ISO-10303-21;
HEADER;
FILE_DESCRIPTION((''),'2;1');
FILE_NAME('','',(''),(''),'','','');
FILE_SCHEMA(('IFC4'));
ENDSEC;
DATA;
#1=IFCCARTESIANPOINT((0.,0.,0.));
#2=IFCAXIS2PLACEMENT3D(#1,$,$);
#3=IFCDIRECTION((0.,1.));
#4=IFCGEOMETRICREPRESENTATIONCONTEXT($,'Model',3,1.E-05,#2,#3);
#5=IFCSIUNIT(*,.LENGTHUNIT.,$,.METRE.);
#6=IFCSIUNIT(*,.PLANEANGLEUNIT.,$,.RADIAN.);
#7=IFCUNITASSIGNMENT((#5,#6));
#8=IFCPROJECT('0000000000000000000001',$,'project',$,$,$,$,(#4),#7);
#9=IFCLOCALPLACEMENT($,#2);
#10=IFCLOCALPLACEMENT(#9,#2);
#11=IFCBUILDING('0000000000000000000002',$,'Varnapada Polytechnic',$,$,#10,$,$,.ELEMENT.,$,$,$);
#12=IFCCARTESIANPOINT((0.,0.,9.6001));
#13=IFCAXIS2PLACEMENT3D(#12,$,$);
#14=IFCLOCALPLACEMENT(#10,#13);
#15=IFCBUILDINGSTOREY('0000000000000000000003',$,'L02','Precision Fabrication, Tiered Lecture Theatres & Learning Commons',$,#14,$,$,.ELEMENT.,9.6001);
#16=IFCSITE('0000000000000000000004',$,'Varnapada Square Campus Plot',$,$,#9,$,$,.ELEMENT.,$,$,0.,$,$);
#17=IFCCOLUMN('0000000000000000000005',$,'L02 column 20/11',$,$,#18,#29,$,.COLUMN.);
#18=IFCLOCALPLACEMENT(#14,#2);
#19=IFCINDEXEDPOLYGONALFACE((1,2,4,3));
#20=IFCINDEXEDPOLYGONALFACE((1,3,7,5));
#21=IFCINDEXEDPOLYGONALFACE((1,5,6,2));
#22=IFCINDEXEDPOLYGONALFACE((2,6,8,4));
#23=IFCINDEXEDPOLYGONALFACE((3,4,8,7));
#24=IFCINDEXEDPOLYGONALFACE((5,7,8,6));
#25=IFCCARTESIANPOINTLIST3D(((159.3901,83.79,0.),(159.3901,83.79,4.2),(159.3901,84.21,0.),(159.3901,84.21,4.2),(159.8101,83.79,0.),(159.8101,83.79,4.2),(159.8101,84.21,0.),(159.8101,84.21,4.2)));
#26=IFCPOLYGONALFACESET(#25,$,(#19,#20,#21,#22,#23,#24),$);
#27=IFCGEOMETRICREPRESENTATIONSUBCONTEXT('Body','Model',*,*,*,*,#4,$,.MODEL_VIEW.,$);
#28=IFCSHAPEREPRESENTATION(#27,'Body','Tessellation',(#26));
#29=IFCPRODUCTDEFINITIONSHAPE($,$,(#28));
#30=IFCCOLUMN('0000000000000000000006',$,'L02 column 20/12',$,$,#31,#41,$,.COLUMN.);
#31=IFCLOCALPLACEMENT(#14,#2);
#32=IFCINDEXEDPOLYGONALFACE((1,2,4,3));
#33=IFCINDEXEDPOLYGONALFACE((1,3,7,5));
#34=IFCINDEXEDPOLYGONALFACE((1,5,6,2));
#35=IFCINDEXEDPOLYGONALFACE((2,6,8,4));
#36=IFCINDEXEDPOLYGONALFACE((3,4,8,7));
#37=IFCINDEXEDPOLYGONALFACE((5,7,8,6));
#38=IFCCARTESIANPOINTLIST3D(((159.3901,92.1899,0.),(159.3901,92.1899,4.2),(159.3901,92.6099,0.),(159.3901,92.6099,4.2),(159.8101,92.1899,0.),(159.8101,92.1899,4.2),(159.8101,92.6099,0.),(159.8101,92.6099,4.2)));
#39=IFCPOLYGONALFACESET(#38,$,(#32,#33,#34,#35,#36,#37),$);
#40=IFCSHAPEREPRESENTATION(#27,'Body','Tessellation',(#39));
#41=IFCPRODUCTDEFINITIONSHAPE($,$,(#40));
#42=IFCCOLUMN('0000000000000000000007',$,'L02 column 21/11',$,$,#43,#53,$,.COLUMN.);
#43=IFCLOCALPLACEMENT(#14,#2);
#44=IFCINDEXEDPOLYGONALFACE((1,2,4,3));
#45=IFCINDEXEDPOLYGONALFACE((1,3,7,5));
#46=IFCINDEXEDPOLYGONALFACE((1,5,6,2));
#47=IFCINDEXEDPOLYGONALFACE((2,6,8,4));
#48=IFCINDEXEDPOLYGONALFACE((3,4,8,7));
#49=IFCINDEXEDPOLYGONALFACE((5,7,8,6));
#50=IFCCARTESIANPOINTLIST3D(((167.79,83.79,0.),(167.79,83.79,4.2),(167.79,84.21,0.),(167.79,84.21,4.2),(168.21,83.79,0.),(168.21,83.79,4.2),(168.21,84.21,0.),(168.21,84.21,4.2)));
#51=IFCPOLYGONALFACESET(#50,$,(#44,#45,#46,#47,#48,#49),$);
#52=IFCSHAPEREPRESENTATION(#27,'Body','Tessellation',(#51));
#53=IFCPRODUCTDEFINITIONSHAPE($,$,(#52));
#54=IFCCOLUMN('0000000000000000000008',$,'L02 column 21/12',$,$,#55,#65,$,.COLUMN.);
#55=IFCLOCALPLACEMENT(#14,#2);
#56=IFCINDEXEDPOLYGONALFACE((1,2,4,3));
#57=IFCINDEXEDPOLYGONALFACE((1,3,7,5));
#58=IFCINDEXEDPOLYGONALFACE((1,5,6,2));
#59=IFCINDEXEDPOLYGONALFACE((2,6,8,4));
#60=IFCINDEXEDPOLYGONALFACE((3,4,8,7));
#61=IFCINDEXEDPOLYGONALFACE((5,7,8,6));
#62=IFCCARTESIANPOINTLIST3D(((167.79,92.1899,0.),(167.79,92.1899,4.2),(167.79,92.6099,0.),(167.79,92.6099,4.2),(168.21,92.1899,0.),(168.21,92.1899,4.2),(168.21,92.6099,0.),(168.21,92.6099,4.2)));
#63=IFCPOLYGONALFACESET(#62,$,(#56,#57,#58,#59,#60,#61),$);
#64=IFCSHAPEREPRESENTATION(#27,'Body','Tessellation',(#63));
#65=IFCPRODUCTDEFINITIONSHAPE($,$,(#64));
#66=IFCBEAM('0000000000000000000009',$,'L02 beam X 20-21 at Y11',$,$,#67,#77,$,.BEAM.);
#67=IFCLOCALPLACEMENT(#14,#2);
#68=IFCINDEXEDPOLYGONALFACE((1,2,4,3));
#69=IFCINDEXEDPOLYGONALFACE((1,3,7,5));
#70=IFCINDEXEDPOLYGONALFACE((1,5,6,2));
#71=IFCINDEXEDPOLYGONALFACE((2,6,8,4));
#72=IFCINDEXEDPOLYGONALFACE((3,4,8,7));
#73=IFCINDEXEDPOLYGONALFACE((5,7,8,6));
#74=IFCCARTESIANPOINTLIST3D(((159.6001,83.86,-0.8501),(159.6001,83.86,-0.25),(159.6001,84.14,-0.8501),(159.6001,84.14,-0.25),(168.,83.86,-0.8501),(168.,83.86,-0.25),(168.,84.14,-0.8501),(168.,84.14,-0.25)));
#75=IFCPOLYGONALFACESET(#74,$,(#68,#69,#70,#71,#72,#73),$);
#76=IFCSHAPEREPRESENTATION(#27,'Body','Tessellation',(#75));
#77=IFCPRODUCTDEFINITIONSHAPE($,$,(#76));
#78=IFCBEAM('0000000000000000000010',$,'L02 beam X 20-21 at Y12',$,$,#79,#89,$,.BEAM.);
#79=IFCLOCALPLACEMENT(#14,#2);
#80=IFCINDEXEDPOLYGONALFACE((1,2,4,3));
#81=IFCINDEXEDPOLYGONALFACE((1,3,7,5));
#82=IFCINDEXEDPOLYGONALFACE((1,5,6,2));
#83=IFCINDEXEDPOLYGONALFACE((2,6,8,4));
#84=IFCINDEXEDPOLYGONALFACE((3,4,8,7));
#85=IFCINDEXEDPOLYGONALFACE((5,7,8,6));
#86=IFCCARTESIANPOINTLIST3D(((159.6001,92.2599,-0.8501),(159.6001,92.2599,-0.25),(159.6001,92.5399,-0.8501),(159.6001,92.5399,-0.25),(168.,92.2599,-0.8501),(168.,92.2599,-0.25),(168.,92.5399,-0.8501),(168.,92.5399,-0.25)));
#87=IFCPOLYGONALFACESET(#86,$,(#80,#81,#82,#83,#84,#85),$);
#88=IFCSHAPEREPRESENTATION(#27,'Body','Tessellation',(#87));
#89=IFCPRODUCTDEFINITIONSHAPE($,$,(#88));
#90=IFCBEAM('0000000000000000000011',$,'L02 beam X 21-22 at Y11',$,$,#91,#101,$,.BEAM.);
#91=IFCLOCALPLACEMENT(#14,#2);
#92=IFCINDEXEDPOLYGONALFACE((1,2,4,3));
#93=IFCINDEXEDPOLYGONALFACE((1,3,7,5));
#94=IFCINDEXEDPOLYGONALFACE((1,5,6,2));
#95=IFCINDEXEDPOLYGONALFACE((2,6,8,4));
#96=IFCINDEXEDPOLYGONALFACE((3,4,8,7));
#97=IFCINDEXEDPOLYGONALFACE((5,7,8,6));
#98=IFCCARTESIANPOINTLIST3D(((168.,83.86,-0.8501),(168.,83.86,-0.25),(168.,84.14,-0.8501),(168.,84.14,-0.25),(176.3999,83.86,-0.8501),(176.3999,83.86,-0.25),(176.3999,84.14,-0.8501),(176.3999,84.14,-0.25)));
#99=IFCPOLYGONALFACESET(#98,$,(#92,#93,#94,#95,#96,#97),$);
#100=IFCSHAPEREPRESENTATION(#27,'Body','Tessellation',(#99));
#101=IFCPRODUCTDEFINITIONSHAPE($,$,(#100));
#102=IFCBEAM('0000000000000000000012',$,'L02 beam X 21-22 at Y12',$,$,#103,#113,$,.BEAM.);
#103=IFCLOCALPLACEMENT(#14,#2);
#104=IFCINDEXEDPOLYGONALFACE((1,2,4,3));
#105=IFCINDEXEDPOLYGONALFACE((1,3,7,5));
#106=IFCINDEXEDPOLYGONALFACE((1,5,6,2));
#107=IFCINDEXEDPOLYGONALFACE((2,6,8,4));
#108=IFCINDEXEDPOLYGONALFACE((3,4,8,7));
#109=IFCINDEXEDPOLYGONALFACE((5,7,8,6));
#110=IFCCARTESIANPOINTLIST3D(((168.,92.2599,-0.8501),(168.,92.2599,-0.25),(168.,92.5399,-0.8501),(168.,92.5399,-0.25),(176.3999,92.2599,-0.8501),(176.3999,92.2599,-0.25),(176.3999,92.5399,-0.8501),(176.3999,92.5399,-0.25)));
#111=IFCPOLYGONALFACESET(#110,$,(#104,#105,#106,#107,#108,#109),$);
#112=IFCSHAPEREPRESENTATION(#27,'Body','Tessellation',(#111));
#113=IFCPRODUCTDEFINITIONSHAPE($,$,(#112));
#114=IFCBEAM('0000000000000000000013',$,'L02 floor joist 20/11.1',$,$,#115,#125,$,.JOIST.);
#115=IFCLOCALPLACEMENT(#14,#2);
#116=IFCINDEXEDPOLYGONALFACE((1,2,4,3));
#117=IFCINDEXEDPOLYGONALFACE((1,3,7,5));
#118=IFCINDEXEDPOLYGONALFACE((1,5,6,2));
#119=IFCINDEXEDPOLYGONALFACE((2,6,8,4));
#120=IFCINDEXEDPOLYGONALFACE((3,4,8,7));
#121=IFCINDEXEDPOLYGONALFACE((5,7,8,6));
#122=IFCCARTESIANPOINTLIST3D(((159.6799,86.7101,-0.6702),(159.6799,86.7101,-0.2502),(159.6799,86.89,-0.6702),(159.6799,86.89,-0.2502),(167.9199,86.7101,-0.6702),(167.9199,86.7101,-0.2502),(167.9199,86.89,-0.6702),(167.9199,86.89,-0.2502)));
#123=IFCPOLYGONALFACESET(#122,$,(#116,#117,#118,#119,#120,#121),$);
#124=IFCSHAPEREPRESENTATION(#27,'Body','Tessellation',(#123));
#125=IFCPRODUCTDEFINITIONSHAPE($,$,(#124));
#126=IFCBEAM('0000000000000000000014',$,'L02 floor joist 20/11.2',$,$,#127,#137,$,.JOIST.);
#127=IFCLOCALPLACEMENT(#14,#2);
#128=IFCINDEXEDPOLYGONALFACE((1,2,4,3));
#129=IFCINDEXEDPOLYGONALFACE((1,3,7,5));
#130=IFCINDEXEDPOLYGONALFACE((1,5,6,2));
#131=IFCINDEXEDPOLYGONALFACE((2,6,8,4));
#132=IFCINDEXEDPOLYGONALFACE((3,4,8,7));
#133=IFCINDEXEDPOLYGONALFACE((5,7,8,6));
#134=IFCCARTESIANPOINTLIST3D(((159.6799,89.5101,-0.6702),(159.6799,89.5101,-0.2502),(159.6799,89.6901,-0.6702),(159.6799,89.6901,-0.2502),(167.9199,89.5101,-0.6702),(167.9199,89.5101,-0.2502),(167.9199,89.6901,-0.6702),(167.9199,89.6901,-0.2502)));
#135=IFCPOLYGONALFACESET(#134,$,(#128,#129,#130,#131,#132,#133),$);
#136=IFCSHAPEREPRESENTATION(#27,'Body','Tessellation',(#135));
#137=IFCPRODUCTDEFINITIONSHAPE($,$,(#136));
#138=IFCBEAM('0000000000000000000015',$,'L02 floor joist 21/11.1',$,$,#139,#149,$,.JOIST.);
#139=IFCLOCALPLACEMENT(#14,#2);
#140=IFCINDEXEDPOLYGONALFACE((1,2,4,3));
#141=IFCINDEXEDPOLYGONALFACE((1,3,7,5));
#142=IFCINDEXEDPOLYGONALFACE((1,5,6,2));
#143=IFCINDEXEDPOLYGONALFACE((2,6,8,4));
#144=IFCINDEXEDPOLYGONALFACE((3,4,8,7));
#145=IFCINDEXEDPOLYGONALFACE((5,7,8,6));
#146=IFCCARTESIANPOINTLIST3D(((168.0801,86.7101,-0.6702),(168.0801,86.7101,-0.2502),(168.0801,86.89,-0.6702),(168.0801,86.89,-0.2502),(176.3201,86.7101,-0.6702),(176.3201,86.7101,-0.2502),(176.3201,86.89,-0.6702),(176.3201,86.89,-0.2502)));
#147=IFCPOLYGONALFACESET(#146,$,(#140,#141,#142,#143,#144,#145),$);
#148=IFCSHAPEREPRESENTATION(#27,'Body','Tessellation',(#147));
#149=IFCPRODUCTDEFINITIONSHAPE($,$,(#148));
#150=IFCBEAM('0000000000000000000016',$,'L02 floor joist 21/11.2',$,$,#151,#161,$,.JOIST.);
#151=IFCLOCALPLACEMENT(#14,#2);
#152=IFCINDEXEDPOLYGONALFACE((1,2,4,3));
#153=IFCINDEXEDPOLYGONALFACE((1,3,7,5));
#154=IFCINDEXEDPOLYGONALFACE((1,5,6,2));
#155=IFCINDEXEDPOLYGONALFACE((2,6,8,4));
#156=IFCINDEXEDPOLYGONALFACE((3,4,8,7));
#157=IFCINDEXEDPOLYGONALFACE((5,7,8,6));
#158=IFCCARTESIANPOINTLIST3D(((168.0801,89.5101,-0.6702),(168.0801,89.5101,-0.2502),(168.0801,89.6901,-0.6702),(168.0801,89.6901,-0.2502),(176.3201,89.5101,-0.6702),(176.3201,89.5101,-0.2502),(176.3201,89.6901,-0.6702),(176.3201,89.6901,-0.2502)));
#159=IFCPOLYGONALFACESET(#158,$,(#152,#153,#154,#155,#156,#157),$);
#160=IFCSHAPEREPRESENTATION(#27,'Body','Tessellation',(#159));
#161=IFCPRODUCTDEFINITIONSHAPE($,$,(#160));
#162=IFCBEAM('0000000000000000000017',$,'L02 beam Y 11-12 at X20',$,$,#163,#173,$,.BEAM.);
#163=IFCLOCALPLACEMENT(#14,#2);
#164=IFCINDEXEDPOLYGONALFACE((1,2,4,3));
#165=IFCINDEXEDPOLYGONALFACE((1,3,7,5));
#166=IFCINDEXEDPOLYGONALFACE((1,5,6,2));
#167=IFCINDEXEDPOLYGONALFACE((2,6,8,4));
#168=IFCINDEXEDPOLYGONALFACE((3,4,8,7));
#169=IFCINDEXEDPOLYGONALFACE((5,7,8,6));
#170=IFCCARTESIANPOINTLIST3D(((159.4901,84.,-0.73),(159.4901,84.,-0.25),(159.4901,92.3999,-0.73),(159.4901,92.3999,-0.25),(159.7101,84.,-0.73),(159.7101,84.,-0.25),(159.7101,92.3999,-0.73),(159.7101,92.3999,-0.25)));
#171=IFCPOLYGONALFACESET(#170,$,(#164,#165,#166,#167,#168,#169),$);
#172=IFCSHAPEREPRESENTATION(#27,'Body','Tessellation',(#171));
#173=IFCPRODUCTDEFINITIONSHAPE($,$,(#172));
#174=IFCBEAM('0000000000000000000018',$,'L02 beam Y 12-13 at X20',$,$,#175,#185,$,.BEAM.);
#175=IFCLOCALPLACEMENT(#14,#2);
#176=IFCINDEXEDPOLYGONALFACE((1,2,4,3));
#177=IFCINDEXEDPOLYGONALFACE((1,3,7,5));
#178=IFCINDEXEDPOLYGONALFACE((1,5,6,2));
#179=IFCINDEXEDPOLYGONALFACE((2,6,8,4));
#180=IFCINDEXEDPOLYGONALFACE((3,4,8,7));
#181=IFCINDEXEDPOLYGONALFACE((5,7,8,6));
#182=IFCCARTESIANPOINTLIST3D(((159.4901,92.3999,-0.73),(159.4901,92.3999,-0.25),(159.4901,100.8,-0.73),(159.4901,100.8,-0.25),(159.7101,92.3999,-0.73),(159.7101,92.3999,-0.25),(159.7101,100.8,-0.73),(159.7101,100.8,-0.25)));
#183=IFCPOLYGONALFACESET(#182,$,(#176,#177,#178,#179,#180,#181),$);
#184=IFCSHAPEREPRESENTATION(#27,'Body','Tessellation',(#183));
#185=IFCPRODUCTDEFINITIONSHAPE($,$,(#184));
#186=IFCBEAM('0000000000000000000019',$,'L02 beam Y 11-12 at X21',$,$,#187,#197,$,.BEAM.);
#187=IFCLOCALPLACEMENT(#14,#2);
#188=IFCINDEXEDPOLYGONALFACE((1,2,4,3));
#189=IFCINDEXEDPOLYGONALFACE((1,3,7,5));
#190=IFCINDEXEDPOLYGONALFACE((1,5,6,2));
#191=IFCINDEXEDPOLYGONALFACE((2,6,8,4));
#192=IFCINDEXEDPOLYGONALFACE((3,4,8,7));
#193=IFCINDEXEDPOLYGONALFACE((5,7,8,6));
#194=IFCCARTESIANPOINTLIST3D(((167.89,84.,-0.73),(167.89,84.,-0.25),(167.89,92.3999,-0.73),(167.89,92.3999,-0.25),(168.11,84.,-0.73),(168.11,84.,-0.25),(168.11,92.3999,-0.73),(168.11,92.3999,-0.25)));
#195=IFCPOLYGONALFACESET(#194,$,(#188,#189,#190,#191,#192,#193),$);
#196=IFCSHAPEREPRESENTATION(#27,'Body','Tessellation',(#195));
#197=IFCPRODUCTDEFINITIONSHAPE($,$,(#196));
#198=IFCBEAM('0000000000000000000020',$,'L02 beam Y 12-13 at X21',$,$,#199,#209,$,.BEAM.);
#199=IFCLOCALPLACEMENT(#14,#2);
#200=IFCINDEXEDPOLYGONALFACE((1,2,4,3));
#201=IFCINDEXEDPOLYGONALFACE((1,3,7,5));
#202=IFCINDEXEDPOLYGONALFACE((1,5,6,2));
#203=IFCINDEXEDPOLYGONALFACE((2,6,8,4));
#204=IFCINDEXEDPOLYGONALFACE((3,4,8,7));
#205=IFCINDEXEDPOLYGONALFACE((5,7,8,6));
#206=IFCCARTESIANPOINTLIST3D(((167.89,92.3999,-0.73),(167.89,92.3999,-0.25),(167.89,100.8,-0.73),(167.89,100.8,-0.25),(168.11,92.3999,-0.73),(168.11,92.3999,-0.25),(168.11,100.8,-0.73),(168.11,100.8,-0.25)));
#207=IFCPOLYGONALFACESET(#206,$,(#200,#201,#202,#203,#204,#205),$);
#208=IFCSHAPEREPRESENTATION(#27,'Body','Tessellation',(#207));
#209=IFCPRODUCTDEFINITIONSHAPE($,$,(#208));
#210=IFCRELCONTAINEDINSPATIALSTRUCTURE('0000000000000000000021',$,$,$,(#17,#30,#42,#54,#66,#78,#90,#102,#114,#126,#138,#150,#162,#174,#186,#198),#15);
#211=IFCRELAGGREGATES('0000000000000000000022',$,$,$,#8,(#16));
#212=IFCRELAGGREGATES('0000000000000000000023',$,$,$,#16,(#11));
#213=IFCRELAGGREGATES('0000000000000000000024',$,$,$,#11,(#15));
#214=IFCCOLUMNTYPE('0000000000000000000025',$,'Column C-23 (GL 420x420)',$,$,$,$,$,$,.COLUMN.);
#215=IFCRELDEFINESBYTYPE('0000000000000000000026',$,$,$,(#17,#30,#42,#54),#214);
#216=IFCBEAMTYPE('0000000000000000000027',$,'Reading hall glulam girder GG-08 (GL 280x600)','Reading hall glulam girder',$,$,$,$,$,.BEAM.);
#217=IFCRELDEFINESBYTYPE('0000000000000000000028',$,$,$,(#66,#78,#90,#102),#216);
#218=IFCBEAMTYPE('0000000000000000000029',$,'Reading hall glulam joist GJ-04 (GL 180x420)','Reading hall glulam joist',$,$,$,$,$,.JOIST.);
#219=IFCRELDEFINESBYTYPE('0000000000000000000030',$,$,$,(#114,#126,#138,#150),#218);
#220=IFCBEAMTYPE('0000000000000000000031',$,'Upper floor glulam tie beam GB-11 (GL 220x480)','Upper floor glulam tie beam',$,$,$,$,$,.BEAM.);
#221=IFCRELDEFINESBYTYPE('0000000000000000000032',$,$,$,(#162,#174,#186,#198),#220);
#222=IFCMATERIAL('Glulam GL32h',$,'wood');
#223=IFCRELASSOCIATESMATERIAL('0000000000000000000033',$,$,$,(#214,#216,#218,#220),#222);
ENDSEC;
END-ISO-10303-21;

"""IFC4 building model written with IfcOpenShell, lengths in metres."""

from ifc_helpers import new_model, si_unit, direction, frame, origin, origin_2d, place, context, subcontext, project, spatial, rectangle, extrude, material, material_profile, profile_set, type_object, element, save


model = new_model("IFC4")

# Units and contexts
model_context = context("Model", 3, precision=1e-05, world=origin(), true_north=direction((0.0, 1.0)))
body_context = subcontext(model_context, "Body", "Model", "MODEL_VIEW")
ifc_project = project(units=[si_unit("LENGTHUNIT", "METRE"), si_unit("PLANEANGLEUNIT", "RADIAN")], contexts=[model_context])

# Site, building, storey
site_placement = place(None, origin())
site = spatial("IfcSite", under=ifc_project, at=site_placement, Name="Varnapada Square Campus Plot", CompositionType="ELEMENT", RefElevation=0.0)
building_placement = place(site_placement, origin())
building = spatial("IfcBuilding", under=site, at=building_placement, Name="Varnapada Polytechnic", CompositionType="ELEMENT")
storey_placement = place(building_placement, frame((0.0, 0.0, 9.6001)))
storey = spatial("IfcBuildingStorey", under=building, at=storey_placement, Name="L02", Description="Precision Fabrication, Tiered Lecture Theatres & Learning Commons", CompositionType="ELEMENT", Elevation=9.6001)

# Columns
ifc_material_1 = material(Name="Glulam GL32h", Category="wood")
ifc_material_profile_1 = material_profile(ifc_material_1, rectangle(XDim=0.4199, YDim=0.4199, at=origin_2d()), Name="GL 420x420")
ifc_profile_set_1 = profile_set([ifc_material_profile_1], Name="Glulam GL32h")
column_type = type_object("IfcColumnType", Name="Column C-23 (GL 420x420)", PredefinedType="COLUMN", material=ifc_profile_set_1)
for number, where, z_axis, x_axis, name in (
    (1, (159.6001, 84.0, 0.0), (0.0, 0.0, 1.0), (1.0, 0.0, 0.0), "L02 column 20/11"),
    (2, (159.6001, 92.3999, 0.0), (0.0, 0.0, 1.0), (1.0, 0.0, 0.0), "L02 column 20/12"),
    (3, (168.0, 84.0, 0.0), (0.0, 0.0, 1.0), (1.0, 0.0, 0.0), "L02 column 21/11"),
    (4, (168.0, 92.3999, 0.0), (0.0, 0.0, 1.0), (1.0, 0.0, 0.0), "L02 column 21/12"),
):
    element("IfcColumn", number, at=place(storey_placement, frame(where, z_axis=z_axis, x_axis=x_axis)), inside=storey, type_object=column_type, Name=name, PredefinedType="COLUMN", context=body_context, shape_type="SweptSolid", body=[
        extrude(rectangle(XDim=0.4199, YDim=0.4199, at=origin_2d()), origin(), (0.0, 0.0, 1.0), 4.2),
    ])

# Beams
ifc_material_profile_2 = material_profile(ifc_material_1, rectangle(XDim=0.28, YDim=0.6001, at=origin_2d()), Name="GL 280x600")
ifc_profile_set_2 = profile_set([ifc_material_profile_2], Name="Glulam GL32h")
beam_type_1 = type_object("IfcBeamType", Name="Reading hall glulam girder GG-08 (GL 280x600)", Description="Reading hall glulam girder", PredefinedType="BEAM", material=ifc_profile_set_2)
for number, where, z_axis, x_axis, name in (
    (5, (159.6001, 84.0, -0.55), (1.0, 0.0, 0.0), (0.0, 1.0, 0.0), "L02 beam X 20-21 at Y11"),
    (6, (159.6001, 92.3999, -0.55), (1.0, 0.0, 0.0), (0.0, 1.0, 0.0), "L02 beam X 20-21 at Y12"),
    (7, (168.0, 84.0, -0.55), (1.0, 0.0, 0.0), (0.0, 1.0, 0.0), "L02 beam X 21-22 at Y11"),
    (8, (168.0, 92.3999, -0.55), (1.0, 0.0, 0.0), (0.0, 1.0, 0.0), "L02 beam X 21-22 at Y12"),
):
    element("IfcBeam", number, at=place(storey_placement, frame(where, z_axis=z_axis, x_axis=x_axis)), inside=storey, type_object=beam_type_1, Name=name, PredefinedType="BEAM", context=body_context, shape_type="SweptSolid", body=[
        extrude(rectangle(XDim=0.28, YDim=0.6001, at=origin_2d()), origin(), (0.0, 0.0, 1.0), 8.3999),
    ])
ifc_material_profile_3 = material_profile(ifc_material_1, rectangle(XDim=0.1799, YDim=0.4199, at=origin_2d()), Name="GL 180x420")
ifc_profile_set_3 = profile_set([ifc_material_profile_3], Name="Glulam GL32h")
beam_type_2 = type_object("IfcBeamType", Name="Reading hall glulam joist GJ-04 (GL 180x420)", Description="Reading hall glulam joist", PredefinedType="JOIST", material=ifc_profile_set_3)
for number, where, z_axis, x_axis, name in (
    (9, (159.6799, 86.8, -0.4602), (1.0, 0.0, 0.0), (0.0, 1.0, 0.0), "L02 floor joist 20/11.1"),
    (10, (159.6799, 89.6001, -0.4602), (1.0, 0.0, 0.0), (0.0, 1.0, 0.0), "L02 floor joist 20/11.2"),
    (11, (168.0801, 86.8, -0.4602), (1.0, 0.0, 0.0), (0.0, 1.0, 0.0), "L02 floor joist 21/11.1"),
    (12, (168.0801, 89.6001, -0.4602), (1.0, 0.0, 0.0), (0.0, 1.0, 0.0), "L02 floor joist 21/11.2"),
):
    element("IfcBeam", number, at=place(storey_placement, frame(where, z_axis=z_axis, x_axis=x_axis)), inside=storey, type_object=beam_type_2, Name=name, PredefinedType="JOIST", context=body_context, shape_type="SweptSolid", body=[
        extrude(rectangle(XDim=0.1799, YDim=0.4199, at=origin_2d()), origin(), (0.0, 0.0, 1.0), 8.24),
    ])
ifc_material_profile_4 = material_profile(ifc_material_1, rectangle(XDim=0.22, YDim=0.48, at=origin_2d()), Name="GL 220x480")
ifc_profile_set_4 = profile_set([ifc_material_profile_4], Name="Glulam GL32h")
beam_type_3 = type_object("IfcBeamType", Name="Upper floor glulam tie beam GB-11 (GL 220x480)", Description="Upper floor glulam tie beam", PredefinedType="BEAM", material=ifc_profile_set_4)
beam_1_placement = place(storey_placement, frame((159.6001, 84.0, -0.49), z_axis=(0.0, 1.0, 0.0), x_axis=(-1.0, 0.0, 0.0)))
element("IfcBeam", 13, at=beam_1_placement, inside=storey, type_object=beam_type_3, Name="L02 beam Y 11-12 at X20", PredefinedType="BEAM", context=body_context, shape_type="SweptSolid", body=[
    extrude(rectangle(XDim=0.22, YDim=0.48, at=origin_2d()), origin(), (0.0, 0.0, 1.0), 8.3999),
])
beam_2_placement = place(storey_placement, frame((159.6001, 92.3999, -0.49), z_axis=(0.0, 1.0, 0.0), x_axis=(-1.0, 0.0, 0.0)))
element("IfcBeam", 14, at=beam_2_placement, inside=storey, type_object=beam_type_3, Name="L02 beam Y 12-13 at X20", PredefinedType="BEAM", context=body_context, shape_type="SweptSolid", body=[
    extrude(rectangle(XDim=0.22, YDim=0.48, at=origin_2d()), origin(), (0.0, 0.0, 1.0), 8.4001),
])
beam_3_placement = place(storey_placement, frame((168.0, 84.0, -0.49), z_axis=(0.0, 1.0, 0.0), x_axis=(-1.0, 0.0, 0.0)))
element("IfcBeam", 15, at=beam_3_placement, inside=storey, type_object=beam_type_3, Name="L02 beam Y 11-12 at X21", PredefinedType="BEAM", context=body_context, shape_type="SweptSolid", body=[
    extrude(rectangle(XDim=0.22, YDim=0.48, at=origin_2d()), origin(), (0.0, 0.0, 1.0), 8.3999),
])
beam_4_placement = place(storey_placement, frame((168.0, 92.3999, -0.49), z_axis=(0.0, 1.0, 0.0), x_axis=(-1.0, 0.0, 0.0)))
element("IfcBeam", 16, at=beam_4_placement, inside=storey, type_object=beam_type_3, Name="L02 beam Y 12-13 at X21", PredefinedType="BEAM", context=body_context, shape_type="SweptSolid", body=[
    extrude(rectangle(XDim=0.22, YDim=0.48, at=origin_2d()), origin(), (0.0, 0.0, 1.0), 8.4001),
])

save(model, "model.ifc")
